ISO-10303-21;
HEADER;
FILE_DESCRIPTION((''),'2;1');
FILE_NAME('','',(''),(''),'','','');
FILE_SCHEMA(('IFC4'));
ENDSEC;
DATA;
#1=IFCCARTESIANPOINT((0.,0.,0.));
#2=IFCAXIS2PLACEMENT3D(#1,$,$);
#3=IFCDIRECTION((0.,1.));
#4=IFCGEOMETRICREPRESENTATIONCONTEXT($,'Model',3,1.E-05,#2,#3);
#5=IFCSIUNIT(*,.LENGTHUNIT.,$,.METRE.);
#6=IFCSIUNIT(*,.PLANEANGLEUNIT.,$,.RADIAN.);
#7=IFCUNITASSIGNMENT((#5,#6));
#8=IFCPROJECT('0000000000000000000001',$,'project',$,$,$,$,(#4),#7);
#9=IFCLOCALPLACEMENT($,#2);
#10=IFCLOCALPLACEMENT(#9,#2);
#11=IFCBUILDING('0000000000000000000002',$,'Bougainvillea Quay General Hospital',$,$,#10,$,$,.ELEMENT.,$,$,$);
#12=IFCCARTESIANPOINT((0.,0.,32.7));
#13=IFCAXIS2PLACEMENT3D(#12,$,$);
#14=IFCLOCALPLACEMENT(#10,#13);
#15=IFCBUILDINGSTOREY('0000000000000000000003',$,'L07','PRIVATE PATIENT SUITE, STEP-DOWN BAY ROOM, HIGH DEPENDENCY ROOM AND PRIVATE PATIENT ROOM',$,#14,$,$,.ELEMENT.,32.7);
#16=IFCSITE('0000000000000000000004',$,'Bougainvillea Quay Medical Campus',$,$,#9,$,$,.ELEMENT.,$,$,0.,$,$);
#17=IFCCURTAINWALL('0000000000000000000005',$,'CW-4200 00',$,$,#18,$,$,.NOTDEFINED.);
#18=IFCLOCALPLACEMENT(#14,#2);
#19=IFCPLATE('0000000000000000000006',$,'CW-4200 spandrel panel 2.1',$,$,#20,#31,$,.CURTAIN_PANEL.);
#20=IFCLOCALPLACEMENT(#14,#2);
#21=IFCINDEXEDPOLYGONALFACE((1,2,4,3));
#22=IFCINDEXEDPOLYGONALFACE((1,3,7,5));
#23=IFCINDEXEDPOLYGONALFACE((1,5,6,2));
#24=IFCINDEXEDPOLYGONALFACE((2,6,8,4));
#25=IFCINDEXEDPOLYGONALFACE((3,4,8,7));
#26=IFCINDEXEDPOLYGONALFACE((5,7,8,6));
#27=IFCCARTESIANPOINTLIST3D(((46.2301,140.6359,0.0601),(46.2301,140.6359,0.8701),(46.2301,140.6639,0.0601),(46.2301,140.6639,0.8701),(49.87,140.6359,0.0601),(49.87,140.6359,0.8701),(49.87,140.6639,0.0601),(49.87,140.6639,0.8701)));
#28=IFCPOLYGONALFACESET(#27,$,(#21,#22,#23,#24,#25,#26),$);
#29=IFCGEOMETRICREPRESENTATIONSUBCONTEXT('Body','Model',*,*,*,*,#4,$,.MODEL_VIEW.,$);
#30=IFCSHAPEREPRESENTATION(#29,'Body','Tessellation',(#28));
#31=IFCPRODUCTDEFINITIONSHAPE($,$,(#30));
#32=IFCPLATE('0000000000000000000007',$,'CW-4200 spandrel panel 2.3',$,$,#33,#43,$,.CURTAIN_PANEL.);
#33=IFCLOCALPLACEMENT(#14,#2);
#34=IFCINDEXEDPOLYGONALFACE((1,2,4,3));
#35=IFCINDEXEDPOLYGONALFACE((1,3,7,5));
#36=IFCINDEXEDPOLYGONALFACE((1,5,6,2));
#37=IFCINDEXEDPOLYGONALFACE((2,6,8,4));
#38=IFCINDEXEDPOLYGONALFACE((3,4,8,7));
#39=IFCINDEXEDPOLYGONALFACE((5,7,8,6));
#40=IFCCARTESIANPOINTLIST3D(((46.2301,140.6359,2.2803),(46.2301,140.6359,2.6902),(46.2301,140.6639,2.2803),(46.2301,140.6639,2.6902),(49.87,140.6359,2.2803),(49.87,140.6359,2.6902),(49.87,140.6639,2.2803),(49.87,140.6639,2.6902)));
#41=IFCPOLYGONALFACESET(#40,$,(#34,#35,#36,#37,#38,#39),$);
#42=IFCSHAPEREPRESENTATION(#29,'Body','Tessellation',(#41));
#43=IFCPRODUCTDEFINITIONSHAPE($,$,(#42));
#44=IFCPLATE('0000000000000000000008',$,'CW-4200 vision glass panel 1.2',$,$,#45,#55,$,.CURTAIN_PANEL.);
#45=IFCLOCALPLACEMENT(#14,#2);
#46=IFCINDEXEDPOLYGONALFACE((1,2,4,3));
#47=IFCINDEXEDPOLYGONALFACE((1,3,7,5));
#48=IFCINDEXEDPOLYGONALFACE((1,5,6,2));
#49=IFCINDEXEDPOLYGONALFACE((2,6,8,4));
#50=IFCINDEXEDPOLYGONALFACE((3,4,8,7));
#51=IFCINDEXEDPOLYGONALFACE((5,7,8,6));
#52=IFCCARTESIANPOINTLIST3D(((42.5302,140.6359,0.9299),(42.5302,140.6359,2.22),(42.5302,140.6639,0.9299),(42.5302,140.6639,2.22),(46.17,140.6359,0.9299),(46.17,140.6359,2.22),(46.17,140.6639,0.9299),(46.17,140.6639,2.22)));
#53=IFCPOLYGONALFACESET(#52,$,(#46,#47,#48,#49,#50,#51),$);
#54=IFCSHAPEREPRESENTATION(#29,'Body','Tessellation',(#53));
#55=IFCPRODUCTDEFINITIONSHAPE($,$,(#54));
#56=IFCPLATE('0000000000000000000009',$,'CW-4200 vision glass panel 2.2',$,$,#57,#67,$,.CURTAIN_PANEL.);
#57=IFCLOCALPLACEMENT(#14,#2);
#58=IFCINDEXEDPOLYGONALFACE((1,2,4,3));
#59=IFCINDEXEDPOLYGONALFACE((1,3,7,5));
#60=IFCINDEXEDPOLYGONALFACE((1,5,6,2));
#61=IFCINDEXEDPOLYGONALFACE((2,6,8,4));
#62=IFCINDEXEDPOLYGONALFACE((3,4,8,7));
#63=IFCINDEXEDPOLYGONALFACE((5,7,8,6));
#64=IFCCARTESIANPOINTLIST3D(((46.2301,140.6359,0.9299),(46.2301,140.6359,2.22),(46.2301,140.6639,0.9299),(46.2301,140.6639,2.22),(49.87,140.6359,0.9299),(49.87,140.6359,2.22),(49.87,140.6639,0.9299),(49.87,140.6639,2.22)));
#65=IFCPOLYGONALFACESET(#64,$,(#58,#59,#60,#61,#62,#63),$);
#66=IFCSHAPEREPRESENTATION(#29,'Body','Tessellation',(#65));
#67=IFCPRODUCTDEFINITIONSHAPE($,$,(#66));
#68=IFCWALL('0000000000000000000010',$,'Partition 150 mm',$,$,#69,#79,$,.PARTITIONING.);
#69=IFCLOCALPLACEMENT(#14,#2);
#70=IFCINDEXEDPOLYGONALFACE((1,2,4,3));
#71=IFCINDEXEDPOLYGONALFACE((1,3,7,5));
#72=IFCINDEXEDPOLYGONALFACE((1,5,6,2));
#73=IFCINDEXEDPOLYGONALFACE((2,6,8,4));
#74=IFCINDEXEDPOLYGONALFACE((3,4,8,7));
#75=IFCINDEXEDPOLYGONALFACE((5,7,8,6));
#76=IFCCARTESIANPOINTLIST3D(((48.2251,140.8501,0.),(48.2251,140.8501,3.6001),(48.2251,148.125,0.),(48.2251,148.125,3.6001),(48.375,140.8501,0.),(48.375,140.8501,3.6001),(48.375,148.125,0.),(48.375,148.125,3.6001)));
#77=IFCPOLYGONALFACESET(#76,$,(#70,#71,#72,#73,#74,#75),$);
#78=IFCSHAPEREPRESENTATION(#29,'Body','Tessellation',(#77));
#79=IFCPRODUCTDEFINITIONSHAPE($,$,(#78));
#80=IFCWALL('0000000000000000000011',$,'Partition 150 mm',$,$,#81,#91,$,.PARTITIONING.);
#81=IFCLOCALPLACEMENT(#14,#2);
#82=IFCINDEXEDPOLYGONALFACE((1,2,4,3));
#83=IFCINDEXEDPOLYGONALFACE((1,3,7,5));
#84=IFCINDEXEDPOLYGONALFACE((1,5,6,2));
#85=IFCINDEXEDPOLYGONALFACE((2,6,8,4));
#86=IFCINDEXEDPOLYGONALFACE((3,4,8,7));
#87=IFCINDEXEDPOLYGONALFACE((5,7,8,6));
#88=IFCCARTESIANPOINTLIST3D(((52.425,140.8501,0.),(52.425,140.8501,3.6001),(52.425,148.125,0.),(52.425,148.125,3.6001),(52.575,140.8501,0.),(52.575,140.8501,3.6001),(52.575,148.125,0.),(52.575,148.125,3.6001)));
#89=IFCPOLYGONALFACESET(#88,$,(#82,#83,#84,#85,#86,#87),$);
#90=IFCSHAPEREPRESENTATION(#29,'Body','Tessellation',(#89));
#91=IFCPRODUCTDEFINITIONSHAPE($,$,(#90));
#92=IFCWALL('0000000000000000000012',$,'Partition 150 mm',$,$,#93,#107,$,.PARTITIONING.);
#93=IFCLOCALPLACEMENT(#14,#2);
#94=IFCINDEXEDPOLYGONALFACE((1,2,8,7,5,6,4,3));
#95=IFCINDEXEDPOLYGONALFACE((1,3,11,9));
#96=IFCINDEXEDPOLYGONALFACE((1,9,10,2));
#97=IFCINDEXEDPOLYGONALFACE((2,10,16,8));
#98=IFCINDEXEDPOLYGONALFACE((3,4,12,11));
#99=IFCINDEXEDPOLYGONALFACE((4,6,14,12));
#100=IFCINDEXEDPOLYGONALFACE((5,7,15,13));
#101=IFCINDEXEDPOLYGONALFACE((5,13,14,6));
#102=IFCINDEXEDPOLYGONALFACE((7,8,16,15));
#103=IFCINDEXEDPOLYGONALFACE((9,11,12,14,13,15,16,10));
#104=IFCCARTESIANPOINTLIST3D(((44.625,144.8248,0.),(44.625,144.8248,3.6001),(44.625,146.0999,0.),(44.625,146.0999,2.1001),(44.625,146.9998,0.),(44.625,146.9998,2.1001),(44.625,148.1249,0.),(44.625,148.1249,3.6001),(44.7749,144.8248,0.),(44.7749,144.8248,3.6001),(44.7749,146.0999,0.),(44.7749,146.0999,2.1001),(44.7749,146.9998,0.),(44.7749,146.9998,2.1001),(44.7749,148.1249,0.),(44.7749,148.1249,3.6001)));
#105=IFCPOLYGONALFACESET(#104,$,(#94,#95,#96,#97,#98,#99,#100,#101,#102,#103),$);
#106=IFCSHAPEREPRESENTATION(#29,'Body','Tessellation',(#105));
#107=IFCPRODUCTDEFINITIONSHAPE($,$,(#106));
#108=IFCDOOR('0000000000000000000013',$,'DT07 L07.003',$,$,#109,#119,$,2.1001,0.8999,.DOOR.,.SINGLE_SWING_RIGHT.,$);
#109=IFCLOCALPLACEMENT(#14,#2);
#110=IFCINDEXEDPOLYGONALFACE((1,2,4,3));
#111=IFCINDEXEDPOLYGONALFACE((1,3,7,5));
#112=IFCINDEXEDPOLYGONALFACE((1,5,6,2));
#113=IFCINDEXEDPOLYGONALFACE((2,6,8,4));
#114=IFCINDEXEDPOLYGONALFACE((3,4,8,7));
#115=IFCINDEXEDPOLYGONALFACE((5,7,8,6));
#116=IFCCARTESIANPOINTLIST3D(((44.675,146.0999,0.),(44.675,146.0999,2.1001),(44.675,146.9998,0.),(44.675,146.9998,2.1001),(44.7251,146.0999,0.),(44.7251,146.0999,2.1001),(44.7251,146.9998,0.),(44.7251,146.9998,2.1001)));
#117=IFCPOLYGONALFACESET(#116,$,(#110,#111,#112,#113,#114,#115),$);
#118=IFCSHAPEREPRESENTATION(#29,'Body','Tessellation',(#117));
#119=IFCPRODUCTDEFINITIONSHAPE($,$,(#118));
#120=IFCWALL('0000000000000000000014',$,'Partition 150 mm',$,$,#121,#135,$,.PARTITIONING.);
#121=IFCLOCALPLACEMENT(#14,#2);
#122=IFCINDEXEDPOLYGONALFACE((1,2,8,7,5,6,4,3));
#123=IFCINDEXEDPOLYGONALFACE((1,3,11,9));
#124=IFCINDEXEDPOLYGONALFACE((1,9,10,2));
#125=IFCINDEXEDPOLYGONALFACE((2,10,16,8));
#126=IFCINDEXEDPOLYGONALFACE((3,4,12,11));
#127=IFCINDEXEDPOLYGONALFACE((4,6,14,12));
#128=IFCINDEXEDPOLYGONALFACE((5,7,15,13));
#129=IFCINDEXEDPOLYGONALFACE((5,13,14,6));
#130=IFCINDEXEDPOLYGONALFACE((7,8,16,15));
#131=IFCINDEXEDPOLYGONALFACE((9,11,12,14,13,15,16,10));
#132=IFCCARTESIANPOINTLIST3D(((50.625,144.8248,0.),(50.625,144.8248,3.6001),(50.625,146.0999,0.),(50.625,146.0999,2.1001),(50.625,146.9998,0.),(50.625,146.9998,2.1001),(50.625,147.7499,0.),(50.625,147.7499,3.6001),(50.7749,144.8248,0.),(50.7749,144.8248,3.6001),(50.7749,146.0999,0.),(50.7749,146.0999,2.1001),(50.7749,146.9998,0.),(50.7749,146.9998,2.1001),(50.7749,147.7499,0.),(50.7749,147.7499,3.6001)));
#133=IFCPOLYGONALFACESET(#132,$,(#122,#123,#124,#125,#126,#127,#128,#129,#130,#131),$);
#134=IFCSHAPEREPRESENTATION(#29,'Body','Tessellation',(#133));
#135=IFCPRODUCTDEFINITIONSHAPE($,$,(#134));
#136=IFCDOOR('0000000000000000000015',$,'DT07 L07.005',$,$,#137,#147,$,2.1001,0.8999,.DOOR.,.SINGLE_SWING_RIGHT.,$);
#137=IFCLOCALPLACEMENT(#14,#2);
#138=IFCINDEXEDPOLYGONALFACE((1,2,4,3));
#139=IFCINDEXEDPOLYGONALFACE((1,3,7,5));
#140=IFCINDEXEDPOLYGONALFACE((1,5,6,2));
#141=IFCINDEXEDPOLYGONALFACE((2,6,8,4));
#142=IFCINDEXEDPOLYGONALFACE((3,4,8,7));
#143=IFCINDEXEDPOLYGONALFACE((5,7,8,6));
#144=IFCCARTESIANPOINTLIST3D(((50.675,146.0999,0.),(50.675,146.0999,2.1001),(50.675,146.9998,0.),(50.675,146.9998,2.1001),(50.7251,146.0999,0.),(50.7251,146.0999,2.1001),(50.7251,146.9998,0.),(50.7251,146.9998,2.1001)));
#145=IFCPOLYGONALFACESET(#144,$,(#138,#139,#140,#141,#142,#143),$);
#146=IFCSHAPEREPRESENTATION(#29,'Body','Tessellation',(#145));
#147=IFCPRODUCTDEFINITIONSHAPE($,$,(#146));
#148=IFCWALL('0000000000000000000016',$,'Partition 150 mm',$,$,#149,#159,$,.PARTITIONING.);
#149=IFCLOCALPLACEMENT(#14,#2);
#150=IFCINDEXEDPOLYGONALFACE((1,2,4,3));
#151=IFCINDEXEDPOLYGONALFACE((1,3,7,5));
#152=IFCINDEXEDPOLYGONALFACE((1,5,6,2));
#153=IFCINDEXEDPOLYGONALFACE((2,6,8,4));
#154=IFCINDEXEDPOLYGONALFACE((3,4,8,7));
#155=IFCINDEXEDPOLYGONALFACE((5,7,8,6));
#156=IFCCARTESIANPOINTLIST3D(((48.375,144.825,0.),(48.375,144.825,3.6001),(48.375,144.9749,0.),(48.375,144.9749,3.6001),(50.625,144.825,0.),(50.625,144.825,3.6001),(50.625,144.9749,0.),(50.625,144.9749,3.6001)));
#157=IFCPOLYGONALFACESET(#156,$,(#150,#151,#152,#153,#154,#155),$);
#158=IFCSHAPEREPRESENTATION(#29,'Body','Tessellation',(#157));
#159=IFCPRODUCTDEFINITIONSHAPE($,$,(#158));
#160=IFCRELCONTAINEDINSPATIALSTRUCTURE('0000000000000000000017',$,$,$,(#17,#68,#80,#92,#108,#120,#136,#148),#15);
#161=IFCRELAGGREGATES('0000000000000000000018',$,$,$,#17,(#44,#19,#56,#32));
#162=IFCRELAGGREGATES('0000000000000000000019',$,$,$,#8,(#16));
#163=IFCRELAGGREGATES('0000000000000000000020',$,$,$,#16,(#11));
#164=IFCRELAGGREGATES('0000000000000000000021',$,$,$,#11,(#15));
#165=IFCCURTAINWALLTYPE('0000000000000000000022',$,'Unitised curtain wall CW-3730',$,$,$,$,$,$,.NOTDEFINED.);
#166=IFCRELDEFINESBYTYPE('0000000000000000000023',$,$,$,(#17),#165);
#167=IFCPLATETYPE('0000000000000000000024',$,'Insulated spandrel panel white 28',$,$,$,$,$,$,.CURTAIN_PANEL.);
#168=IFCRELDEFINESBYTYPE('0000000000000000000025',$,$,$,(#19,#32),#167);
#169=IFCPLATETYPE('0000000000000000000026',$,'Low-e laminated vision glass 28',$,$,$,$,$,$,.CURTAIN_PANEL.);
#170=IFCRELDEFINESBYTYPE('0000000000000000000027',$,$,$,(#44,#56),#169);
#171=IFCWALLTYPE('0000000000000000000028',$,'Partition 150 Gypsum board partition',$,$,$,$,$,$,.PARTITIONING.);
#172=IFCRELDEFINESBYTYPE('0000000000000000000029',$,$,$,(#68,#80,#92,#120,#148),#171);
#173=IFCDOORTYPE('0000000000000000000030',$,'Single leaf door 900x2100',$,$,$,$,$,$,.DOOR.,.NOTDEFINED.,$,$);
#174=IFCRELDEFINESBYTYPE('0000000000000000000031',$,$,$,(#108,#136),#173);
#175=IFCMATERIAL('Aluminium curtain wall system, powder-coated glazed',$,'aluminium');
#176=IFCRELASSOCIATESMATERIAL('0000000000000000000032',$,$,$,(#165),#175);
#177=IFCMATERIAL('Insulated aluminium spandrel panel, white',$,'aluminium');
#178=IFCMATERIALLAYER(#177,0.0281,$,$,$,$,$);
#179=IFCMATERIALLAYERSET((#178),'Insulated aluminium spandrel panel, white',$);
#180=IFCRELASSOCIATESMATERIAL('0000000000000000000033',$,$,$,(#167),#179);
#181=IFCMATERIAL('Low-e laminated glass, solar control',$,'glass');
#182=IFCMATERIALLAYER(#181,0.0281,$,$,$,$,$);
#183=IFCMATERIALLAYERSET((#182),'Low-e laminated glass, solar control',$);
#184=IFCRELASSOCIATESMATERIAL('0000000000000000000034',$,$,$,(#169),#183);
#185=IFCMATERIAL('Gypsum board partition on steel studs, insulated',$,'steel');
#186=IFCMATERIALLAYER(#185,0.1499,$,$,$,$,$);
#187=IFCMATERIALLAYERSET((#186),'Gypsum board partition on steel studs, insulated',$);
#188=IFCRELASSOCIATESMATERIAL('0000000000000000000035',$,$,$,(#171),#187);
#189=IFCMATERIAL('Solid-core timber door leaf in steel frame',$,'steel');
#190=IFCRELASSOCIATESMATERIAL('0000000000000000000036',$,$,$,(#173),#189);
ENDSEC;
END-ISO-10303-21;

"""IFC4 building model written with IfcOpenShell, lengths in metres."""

from ifc_helpers import new_model, si_unit, direction, frame, frame_2d, origin, origin_2d, place, context, subcontext, project, spatial, rectangle, extrude, material, layer, layer_set, type_object, element, fill, aggregate, save


model = new_model("IFC4")

# Units and contexts
model_context = context("Model", 3, precision=1e-05, world=origin(), true_north=direction((0.0, 1.0)))
body_context = subcontext(model_context, "Body", "Model", "MODEL_VIEW")
ifc_project = project(units=[si_unit("LENGTHUNIT", "METRE"), si_unit("PLANEANGLEUNIT", "RADIAN")], contexts=[model_context])

# Site, building, storey
site_placement = place(None, origin())
site = spatial("IfcSite", under=ifc_project, at=site_placement, Name="Bougainvillea Quay Medical Campus", CompositionType="ELEMENT", RefElevation=0.0)
building_placement = place(site_placement, origin())
building = spatial("IfcBuilding", under=site, at=building_placement, Name="Bougainvillea Quay General Hospital", CompositionType="ELEMENT")
storey_placement = place(building_placement, frame((0.0, 0.0, 32.7)))
storey = spatial("IfcBuildingStorey", under=building, at=storey_placement, Name="L07", Description="PRIVATE PATIENT SUITE, STEP-DOWN BAY ROOM, HIGH DEPENDENCY ROOM AND PRIVATE PATIENT ROOM", CompositionType="ELEMENT", Elevation=32.7)

# Curtain wall
ifc_material_1 = material(Name="Aluminium curtain wall system, powder-coated glazed", Category="aluminium")
curtain_wall_type = type_object("IfcCurtainWallType", Name="Unitised curtain wall CW-3730", PredefinedType="NOTDEFINED", material=ifc_material_1)
curtain_wall_1_placement = place(storey_placement, origin())
curtain_wall_1 = element("IfcCurtainWall", 1, at=curtain_wall_1_placement, inside=storey, type_object=curtain_wall_type, Name="CW-4200 00", PredefinedType="NOTDEFINED")

# Plates
ifc_material_2 = material(Name="Insulated aluminium spandrel panel, white", Category="aluminium")
ifc_layer_1 = layer(ifc_material_2, 0.0281)
ifc_layer_set_1 = layer_set([ifc_layer_1], Name="Insulated aluminium spandrel panel, white")
plate_type_1 = type_object("IfcPlateType", Name="Insulated spandrel panel white 28", PredefinedType="CURTAIN_PANEL", material=ifc_layer_set_1)
plate_1_placement = place(storey_placement, frame((48.05, 140.6499, 0.0601), z_axis=(0.0, 0.0, 1.0), x_axis=(1.0, 0.0, 0.0)))
plate_1 = element("IfcPlate", 2, at=plate_1_placement, type_object=plate_type_1, Name="CW-4200 spandrel panel 2.1", PredefinedType="CURTAIN_PANEL", context=body_context, shape_type="SweptSolid", body=[
    extrude(rectangle(XDim=3.6399, YDim=0.0281, at=origin_2d()), origin(), (0.0, 0.0, 1.0), 0.8101),
])
plate_2_placement = place(storey_placement, frame((48.05, 140.6499, 2.2803), z_axis=(0.0, 0.0, 1.0), x_axis=(1.0, 0.0, 0.0)))
plate_2 = element("IfcPlate", 3, at=plate_2_placement, type_object=plate_type_1, Name="CW-4200 spandrel panel 2.3", PredefinedType="CURTAIN_PANEL", context=body_context, shape_type="SweptSolid", body=[
    extrude(rectangle(XDim=3.6399, YDim=0.0281, at=origin_2d()), origin(), (0.0, 0.0, 1.0), 0.4099),
])
ifc_material_3 = material(Name="Low-e laminated glass, solar control", Category="glass")
ifc_layer_2 = layer(ifc_material_3, 0.0281)
ifc_layer_set_2 = layer_set([ifc_layer_2], Name="Low-e laminated glass, solar control")
plate_type_2 = type_object("IfcPlateType", Name="Low-e laminated vision glass 28", PredefinedType="CURTAIN_PANEL", material=ifc_layer_set_2)
plate_3_placement = place(storey_placement, frame((44.3501, 140.6499, 0.9299), z_axis=(0.0, 0.0, 1.0), x_axis=(1.0, 0.0, 0.0)))
plate_3 = element("IfcPlate", 4, at=plate_3_placement, type_object=plate_type_2, Name="CW-4200 vision glass panel 1.2", PredefinedType="CURTAIN_PANEL", context=body_context, shape_type="SweptSolid", body=[
    extrude(rectangle(XDim=3.6399, YDim=0.0281, at=origin_2d()), origin(), (0.0, 0.0, 1.0), 1.29),
])
plate_4_placement = place(storey_placement, frame((48.05, 140.6499, 0.9299), z_axis=(0.0, 0.0, 1.0), x_axis=(1.0, 0.0, 0.0)))
plate_4 = element("IfcPlate", 5, at=plate_4_placement, type_object=plate_type_2, Name="CW-4200 vision glass panel 2.2", PredefinedType="CURTAIN_PANEL", context=body_context, shape_type="SweptSolid", body=[
    extrude(rectangle(XDim=3.6399, YDim=0.0281, at=origin_2d()), origin(), (0.0, 0.0, 1.0), 1.29),
])
aggregate(curtain_wall_1, [plate_3, plate_1, plate_4, plate_2])

# Walls
ifc_material_4 = material(Name="Gypsum board partition on steel studs, insulated", Category="steel")
ifc_layer_3 = layer(ifc_material_4, 0.1499)
ifc_layer_set_3 = layer_set([ifc_layer_3], Name="Gypsum board partition on steel studs, insulated")
wall_type = type_object("IfcWallType", Name="Partition 150 Gypsum board partition", PredefinedType="PARTITIONING", material=ifc_layer_set_3)
for number, where, z_axis, x_axis, name in (
    (6, (48.3, 140.8501, 0.0), (0.0, 0.0, 1.0), (0.0, 1.0, 0.0), "Partition 150 mm"),
    (7, (52.5, 140.8501, 0.0), (0.0, 0.0, 1.0), (0.0, 1.0, 0.0), "Partition 150 mm"),
):
    element("IfcWall", number, at=place(storey_placement, frame(where, z_axis=z_axis, x_axis=x_axis)), inside=storey, type_object=wall_type, Name=name, PredefinedType="PARTITIONING", context=body_context, shape_type="SweptSolid", body=[
        extrude(rectangle(XDim=7.2749, YDim=0.1499, at=frame_2d((3.6375, 0.0))), origin(), (0.0, 0.0, 1.0), 3.6001),
    ])

# Walls, openings, doors
wall_1_placement = place(storey_placement, frame((44.7, 144.825, 0.0), z_axis=(0.0, 0.0, 1.0), x_axis=(0.0, 1.0, 0.0)))
wall_1 = element("IfcWall", 8, at=wall_1_placement, inside=storey, type_object=wall_type, Name="Partition 150 mm", PredefinedType="PARTITIONING", context=body_context, shape_type="SweptSolid", body=[
    extrude(rectangle(XDim=3.3, YDim=0.1499, at=frame_2d((1.6499, 0.0))), origin(), (0.0, 0.0, 1.0), 3.6001),
])
opening_1_placement = place(wall_1_placement, frame((1.2749, 0.0, 0.0)))
opening_1 = element("IfcOpeningElement", 9, at=opening_1_placement, cuts=wall_1, PredefinedType="OPENING", context=body_context, shape_type="SweptSolid", body=[
    extrude(rectangle(XDim=0.8999, YDim=2.1001, at=frame_2d((0.45, 1.05))), frame((0.0, 0.085, 0.0), z_axis=(0.0, -1.0, 0.0), x_axis=(1.0, 0.0, 0.0)), (0.0, 0.0, 1.0), 0.1699),
])
ifc_material_5 = material(Name="Solid-core timber door leaf in steel frame", Category="steel")
door_type = type_object("IfcDoorType", Name="Single leaf door 900x2100", OperationType="NOTDEFINED", PredefinedType="DOOR", material=ifc_material_5)
door_1_placement = place(opening_1_placement, origin())
door_1 = element("IfcDoor", 10, at=door_1_placement, inside=storey, type_object=door_type, Name="DT07 L07.003", OperationType="SINGLE_SWING_RIGHT", OverallHeight=2.1001, OverallWidth=0.8999, PredefinedType="DOOR", context=body_context, shape_type="SweptSolid", body=[
    extrude(rectangle(XDim=0.8999, YDim=2.1001, at=frame_2d((0.45, 1.05))), frame((0.0, 0.0249, 0.0), z_axis=(0.0, -1.0, 0.0), x_axis=(1.0, 0.0, 0.0)), (0.0, 0.0, 1.0), 0.05),
])
fill(opening_1, door_1)
wall_2_placement = place(storey_placement, frame((50.7, 144.825, 0.0), z_axis=(0.0, 0.0, 1.0), x_axis=(0.0, 1.0, 0.0)))
wall_2 = element("IfcWall", 11, at=wall_2_placement, inside=storey, type_object=wall_type, Name="Partition 150 mm", PredefinedType="PARTITIONING", context=body_context, shape_type="SweptSolid", body=[
    extrude(rectangle(XDim=2.925, YDim=0.1499, at=frame_2d((1.4624, 0.0))), origin(), (0.0, 0.0, 1.0), 3.6001),
])
opening_2_placement = place(wall_2_placement, frame((1.2749, 0.0, 0.0)))
opening_2 = element("IfcOpeningElement", 12, at=opening_2_placement, cuts=wall_2, PredefinedType="OPENING", context=body_context, shape_type="SweptSolid", body=[
    extrude(rectangle(XDim=0.8999, YDim=2.1001, at=frame_2d((0.45, 1.05))), frame((0.0, 0.085, 0.0), z_axis=(0.0, -1.0, 0.0), x_axis=(1.0, 0.0, 0.0)), (0.0, 0.0, 1.0), 0.1699),
])
door_2_placement = place(opening_2_placement, origin())
door_2 = element("IfcDoor", 13, at=door_2_placement, inside=storey, type_object=door_type, Name="DT07 L07.005", OperationType="SINGLE_SWING_RIGHT", OverallHeight=2.1001, OverallWidth=0.8999, PredefinedType="DOOR", context=body_context, shape_type="SweptSolid", body=[
    extrude(rectangle(XDim=0.8999, YDim=2.1001, at=frame_2d((0.45, 1.05))), frame((0.0, 0.0249, 0.0), z_axis=(0.0, -1.0, 0.0), x_axis=(1.0, 0.0, 0.0)), (0.0, 0.0, 1.0), 0.05),
])
fill(opening_2, door_2)

# Wall
wall_3_placement = place(storey_placement, frame((48.375, 144.8999, 0.0), z_axis=(0.0, 0.0, 1.0), x_axis=(1.0, 0.0, 0.0)))
element("IfcWall", 14, at=wall_3_placement, inside=storey, type_object=wall_type, Name="Partition 150 mm", PredefinedType="PARTITIONING", context=body_context, shape_type="SweptSolid", body=[
    extrude(rectangle(XDim=2.25, YDim=0.1499, at=frame_2d((1.125, 0.0))), origin(), (0.0, 0.0, 1.0), 3.6001),
])

save(model, "model.ifc")
